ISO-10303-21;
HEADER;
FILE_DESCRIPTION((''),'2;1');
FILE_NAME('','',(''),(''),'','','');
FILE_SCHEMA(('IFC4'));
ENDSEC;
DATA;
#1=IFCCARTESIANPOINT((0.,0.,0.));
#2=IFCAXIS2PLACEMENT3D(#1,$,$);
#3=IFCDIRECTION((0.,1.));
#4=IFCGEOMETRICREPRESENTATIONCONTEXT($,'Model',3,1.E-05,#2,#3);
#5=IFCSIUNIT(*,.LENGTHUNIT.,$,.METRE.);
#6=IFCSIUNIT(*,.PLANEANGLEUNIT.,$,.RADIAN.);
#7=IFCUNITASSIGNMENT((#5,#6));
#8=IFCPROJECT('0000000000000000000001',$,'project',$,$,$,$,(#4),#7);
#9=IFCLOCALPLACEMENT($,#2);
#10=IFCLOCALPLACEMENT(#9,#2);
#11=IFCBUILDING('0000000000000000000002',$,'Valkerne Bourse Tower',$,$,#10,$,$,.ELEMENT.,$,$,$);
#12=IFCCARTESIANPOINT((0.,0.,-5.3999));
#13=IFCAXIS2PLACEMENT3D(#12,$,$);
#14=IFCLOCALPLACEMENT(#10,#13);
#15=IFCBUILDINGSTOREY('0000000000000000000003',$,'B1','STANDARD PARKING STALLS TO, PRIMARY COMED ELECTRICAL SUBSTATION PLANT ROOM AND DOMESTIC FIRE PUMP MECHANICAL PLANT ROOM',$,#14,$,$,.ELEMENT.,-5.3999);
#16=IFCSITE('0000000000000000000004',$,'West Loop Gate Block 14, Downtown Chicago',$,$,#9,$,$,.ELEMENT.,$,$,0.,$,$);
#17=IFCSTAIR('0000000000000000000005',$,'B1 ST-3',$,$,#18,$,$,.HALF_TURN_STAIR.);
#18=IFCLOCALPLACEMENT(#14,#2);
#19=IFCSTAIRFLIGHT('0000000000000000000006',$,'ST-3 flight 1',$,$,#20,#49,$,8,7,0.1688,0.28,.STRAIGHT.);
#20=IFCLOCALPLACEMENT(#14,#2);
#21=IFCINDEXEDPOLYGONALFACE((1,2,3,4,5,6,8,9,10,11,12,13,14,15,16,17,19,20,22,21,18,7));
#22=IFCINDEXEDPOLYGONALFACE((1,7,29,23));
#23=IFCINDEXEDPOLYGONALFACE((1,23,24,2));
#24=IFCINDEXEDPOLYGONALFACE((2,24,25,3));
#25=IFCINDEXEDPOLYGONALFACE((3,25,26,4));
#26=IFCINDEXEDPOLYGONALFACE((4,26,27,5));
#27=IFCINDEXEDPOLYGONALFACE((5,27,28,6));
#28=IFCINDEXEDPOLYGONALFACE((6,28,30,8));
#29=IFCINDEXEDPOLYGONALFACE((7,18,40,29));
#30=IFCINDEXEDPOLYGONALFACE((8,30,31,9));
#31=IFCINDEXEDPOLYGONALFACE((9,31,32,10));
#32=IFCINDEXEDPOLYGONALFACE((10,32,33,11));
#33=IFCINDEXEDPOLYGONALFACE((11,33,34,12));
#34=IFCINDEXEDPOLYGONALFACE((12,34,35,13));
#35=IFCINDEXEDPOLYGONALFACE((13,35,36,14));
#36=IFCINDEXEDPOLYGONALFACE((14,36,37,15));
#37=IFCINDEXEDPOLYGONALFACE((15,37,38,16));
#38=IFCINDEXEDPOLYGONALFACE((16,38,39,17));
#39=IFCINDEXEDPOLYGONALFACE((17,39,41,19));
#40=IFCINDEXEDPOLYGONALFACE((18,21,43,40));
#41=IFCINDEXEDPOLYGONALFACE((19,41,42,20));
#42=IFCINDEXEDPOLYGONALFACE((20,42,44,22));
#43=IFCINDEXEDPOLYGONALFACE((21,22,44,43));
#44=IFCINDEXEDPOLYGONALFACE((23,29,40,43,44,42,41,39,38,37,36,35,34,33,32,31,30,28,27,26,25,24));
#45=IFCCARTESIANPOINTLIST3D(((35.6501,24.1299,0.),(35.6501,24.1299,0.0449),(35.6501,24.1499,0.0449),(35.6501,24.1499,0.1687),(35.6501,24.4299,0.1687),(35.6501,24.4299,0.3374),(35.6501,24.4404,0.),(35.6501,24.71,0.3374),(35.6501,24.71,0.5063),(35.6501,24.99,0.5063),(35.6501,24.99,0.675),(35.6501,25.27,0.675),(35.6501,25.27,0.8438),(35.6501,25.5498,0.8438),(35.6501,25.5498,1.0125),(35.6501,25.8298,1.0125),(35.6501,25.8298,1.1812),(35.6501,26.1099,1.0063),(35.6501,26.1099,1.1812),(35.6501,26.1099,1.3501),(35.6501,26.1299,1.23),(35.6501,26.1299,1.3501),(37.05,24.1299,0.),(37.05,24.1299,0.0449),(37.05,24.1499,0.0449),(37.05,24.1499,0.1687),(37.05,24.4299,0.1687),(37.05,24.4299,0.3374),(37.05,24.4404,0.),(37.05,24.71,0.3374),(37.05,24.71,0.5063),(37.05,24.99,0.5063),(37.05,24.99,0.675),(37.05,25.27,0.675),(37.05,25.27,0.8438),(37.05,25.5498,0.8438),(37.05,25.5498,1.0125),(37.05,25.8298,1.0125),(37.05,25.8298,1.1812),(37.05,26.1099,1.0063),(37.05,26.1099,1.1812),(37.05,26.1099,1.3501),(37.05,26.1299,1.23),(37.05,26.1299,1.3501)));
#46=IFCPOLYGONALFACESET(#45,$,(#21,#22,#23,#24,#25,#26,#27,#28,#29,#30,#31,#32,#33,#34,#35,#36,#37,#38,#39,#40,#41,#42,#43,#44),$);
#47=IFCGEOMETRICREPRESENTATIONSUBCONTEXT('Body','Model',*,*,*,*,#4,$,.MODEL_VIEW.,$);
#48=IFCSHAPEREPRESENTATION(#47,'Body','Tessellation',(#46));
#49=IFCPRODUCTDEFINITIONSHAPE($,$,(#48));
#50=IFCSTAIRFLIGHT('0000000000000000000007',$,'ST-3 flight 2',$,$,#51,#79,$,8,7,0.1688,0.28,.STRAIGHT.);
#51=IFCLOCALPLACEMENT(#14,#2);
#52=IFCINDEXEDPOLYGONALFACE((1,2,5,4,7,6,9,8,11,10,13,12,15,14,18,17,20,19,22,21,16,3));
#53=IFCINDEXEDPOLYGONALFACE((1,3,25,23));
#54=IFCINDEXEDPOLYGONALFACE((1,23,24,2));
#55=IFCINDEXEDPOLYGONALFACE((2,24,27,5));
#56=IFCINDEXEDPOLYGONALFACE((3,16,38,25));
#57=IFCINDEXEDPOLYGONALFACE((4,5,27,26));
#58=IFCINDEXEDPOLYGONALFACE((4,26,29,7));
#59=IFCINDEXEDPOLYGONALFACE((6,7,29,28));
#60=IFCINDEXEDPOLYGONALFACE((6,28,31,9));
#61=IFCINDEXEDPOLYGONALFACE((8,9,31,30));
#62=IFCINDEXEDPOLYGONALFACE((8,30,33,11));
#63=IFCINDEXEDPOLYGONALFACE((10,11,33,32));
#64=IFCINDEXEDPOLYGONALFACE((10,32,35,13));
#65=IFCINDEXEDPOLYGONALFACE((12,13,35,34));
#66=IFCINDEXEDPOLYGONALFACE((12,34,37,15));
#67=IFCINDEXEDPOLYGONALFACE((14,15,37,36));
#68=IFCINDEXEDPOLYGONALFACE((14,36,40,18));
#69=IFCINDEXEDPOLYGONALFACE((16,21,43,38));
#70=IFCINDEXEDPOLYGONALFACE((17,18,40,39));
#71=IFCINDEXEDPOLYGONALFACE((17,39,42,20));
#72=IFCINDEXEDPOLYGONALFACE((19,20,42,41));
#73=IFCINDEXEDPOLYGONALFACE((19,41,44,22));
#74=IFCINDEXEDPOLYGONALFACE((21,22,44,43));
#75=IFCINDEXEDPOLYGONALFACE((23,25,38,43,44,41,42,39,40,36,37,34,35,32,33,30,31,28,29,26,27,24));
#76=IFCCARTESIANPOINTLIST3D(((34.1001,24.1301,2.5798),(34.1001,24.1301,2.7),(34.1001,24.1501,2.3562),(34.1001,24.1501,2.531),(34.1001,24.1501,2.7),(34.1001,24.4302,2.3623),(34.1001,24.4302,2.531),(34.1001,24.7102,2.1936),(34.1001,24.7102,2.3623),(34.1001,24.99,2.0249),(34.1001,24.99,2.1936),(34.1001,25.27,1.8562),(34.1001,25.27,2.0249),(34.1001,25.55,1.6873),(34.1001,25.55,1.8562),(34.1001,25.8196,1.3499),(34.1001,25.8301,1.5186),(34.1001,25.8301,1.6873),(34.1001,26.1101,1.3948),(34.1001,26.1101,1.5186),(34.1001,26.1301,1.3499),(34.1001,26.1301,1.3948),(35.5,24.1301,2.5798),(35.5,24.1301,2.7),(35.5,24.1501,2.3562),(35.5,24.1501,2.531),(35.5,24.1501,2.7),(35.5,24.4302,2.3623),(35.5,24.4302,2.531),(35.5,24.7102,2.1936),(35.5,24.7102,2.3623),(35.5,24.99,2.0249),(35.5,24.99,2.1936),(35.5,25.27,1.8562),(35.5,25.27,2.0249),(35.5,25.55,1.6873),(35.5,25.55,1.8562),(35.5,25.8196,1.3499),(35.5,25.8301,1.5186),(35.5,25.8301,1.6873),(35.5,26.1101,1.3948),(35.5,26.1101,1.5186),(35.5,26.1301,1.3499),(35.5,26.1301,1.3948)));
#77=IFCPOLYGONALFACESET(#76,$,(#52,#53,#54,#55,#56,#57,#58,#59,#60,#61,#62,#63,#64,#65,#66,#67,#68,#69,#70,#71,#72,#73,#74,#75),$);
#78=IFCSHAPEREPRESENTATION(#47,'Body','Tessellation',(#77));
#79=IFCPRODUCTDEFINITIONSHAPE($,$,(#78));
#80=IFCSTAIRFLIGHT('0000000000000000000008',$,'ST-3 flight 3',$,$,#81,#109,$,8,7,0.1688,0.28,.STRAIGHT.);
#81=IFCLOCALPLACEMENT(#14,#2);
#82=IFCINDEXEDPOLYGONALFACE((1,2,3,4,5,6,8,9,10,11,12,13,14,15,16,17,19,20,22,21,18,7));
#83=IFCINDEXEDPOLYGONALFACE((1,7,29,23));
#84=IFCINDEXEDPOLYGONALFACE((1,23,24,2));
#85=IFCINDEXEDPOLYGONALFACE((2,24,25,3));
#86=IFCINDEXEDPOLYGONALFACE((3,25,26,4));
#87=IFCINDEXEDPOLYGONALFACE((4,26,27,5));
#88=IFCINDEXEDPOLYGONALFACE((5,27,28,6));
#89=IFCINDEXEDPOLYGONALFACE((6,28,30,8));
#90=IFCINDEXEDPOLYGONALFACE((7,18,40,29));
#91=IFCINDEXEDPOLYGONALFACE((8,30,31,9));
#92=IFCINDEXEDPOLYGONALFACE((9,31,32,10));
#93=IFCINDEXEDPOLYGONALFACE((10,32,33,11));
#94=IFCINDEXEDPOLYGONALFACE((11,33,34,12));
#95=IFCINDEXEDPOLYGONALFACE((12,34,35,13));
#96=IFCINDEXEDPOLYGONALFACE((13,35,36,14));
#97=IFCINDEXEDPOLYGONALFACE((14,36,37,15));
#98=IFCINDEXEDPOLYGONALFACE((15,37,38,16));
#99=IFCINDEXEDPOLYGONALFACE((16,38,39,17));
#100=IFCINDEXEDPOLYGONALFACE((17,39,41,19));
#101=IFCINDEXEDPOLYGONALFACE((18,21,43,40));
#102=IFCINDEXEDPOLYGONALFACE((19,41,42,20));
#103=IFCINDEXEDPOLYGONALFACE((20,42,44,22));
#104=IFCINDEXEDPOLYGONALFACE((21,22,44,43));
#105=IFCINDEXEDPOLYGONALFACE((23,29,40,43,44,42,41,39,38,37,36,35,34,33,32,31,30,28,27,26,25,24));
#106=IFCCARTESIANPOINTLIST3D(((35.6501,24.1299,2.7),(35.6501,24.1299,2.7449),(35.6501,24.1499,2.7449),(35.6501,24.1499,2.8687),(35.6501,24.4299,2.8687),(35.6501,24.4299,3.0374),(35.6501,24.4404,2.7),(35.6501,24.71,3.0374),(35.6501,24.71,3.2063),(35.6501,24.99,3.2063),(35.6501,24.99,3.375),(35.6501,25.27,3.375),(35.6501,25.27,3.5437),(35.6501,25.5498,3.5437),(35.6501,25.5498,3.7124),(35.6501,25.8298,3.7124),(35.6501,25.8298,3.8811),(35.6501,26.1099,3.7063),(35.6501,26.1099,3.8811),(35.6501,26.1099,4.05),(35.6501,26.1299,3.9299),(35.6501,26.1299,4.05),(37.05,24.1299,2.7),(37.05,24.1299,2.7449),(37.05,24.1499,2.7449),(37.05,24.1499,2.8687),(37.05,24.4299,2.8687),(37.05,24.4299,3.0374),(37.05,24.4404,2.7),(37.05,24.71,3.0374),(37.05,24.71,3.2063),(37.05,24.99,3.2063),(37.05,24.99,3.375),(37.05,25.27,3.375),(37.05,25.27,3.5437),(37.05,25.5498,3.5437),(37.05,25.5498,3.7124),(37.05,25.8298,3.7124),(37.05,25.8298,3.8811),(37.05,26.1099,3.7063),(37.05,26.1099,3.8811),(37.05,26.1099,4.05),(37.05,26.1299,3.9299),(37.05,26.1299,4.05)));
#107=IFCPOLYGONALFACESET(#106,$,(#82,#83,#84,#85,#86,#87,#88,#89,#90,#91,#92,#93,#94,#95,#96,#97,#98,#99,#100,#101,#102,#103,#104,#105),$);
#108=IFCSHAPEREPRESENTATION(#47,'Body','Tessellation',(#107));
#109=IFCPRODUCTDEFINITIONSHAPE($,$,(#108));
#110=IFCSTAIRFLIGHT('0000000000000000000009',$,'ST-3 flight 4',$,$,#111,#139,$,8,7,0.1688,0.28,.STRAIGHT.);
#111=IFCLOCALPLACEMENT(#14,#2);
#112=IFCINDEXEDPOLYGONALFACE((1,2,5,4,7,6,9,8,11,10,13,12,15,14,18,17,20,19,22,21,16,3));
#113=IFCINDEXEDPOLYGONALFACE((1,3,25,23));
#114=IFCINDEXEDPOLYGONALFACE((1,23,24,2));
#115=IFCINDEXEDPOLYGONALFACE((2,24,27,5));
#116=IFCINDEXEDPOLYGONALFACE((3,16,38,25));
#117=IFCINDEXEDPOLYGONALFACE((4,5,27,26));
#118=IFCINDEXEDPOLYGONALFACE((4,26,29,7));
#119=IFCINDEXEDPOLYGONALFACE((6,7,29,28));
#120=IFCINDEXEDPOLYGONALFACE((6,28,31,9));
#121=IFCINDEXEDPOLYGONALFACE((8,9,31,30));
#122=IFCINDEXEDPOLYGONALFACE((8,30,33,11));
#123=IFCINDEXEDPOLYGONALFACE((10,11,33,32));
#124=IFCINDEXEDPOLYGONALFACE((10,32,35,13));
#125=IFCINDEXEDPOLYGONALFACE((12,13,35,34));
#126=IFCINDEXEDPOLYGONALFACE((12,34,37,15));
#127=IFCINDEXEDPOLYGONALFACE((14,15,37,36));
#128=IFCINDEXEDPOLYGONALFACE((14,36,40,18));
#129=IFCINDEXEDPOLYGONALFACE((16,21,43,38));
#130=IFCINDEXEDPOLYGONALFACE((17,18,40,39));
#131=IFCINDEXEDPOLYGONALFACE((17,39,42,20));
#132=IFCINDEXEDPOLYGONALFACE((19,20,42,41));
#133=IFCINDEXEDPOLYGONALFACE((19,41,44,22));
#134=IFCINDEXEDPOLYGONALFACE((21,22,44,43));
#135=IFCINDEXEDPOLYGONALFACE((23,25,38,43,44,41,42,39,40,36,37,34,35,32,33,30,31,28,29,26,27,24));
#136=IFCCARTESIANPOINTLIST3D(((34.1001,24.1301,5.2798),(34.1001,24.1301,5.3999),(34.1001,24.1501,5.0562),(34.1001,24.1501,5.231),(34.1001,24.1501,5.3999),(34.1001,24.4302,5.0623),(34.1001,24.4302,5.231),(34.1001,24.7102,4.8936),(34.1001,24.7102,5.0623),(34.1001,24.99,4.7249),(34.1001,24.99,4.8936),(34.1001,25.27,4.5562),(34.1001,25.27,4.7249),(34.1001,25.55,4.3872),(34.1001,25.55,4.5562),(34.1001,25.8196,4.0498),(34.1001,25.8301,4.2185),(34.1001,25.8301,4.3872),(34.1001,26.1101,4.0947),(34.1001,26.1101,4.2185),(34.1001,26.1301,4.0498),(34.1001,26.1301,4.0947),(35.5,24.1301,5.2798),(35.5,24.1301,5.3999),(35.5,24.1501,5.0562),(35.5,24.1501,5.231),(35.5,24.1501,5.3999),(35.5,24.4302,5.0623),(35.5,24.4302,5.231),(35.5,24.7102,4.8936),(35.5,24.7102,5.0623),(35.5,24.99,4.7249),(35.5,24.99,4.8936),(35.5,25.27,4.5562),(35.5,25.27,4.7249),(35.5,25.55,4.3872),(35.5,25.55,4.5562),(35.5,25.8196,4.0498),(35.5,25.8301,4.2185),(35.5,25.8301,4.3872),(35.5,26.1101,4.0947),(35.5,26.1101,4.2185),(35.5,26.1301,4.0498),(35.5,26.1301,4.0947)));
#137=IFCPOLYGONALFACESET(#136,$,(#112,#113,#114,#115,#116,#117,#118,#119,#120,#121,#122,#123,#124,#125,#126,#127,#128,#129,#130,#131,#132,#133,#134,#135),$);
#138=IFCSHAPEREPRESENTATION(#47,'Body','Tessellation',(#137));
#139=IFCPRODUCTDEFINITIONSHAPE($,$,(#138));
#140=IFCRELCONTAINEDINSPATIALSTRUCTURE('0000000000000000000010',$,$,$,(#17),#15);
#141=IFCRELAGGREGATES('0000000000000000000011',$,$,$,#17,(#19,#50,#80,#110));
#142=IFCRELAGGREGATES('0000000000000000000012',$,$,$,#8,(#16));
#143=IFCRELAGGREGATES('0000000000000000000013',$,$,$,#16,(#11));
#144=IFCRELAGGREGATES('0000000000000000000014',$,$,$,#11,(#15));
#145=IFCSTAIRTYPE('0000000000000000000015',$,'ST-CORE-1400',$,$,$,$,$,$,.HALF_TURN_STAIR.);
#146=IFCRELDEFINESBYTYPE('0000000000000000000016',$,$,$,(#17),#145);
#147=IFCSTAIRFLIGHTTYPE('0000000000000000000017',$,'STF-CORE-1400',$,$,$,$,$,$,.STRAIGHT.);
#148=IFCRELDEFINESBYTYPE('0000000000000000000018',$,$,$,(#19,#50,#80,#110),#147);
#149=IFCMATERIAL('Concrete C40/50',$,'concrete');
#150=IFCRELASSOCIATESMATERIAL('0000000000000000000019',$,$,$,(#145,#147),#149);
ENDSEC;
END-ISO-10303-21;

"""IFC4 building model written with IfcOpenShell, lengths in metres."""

from ifc_helpers import new_model, si_unit, direction, frame, origin, place, context, subcontext, project, spatial, polyline, outline, extrude, material, type_object, element, aggregate, save


model = new_model("IFC4")

# Units and contexts
model_context = context("Model", 3, precision=1e-05, world=origin(), true_north=direction((0.0, 1.0)))
body_context = subcontext(model_context, "Body", "Model", "MODEL_VIEW")
ifc_project = project(units=[si_unit("LENGTHUNIT", "METRE"), si_unit("PLANEANGLEUNIT", "RADIAN")], contexts=[model_context])

# Site, building, storey
site_placement = place(None, origin())
site = spatial("IfcSite", under=ifc_project, at=site_placement, Name="West Loop Gate Block 14, Downtown Chicago", CompositionType="ELEMENT", RefElevation=0.0)
building_placement = place(site_placement, origin())
building = spatial("IfcBuilding", under=site, at=building_placement, Name="Valkerne Bourse Tower", CompositionType="ELEMENT")
storey_placement = place(building_placement, frame((0.0, 0.0, -5.3999)))
storey = spatial("IfcBuildingStorey", under=building, at=storey_placement, Name="B1", Description="STANDARD PARKING STALLS TO, PRIMARY COMED ELECTRICAL SUBSTATION PLANT ROOM AND DOMESTIC FIRE PUMP MECHANICAL PLANT ROOM", CompositionType="ELEMENT", Elevation=-5.3999)

# Shared definitions
ifc_material_1 = material(Name="Concrete C40/50", Category="concrete")

# Stair, stair flights
stair_type = type_object("IfcStairType", Name="ST-CORE-1400", PredefinedType="HALF_TURN_STAIR", material=ifc_material_1)
stair_placement = place(storey_placement, origin())
stair = element("IfcStair", 1, at=stair_placement, inside=storey, type_object=stair_type, Name="B1 ST-3", PredefinedType="HALF_TURN_STAIR")
stair_flight_type = type_object("IfcStairFlightType", Name="STF-CORE-1400", PredefinedType="STRAIGHT", material=ifc_material_1)
stair_flight_1_placement = place(storey_placement, frame((36.3501, 24.1499, 0.0), z_axis=(0.0, 0.0, 1.0), x_axis=(0.0, 1.0, 0.0)))
stair_flight_1 = element("IfcStairFlight", 2, at=stair_flight_1_placement, type_object=stair_flight_type, Name="ST-3 flight 1", NumberOfRisers=8, NumberOfTreads=7, PredefinedType="STRAIGHT", RiserHeight=0.1688, TreadLength=0.28, context=body_context, shape_type="SweptSolid", body=[
    extrude(outline(polyline([(-0.02, 0.0), (-0.02, 0.0449), (0.0, 0.0449), (0.0, 0.1687), (0.28, 0.1687), (0.28, 0.3374), (0.5601, 0.3374), (0.5601, 0.5063), (0.8401, 0.5063), (0.8401, 0.675), (1.1201, 0.675), (1.1201, 0.8438), (1.3999, 0.8438), (1.3999, 1.0125), (1.6799, 1.0125), (1.6799, 1.1812), (1.96, 1.1812), (1.96, 1.3501), (1.98, 1.3501), (1.98, 1.23), (1.96, 1.0063), (0.2905, 0.0), (-0.02, 0.0)])), frame((0.0, 0.7, 0.0), z_axis=(0.0, -1.0, 0.0), x_axis=(1.0, 0.0, 0.0)), (0.0, 0.0, 1.0), 1.3999),
])
stair_flight_2_placement = place(storey_placement, frame((34.8, 26.1101, 1.3499), z_axis=(0.0, 0.0, 1.0), x_axis=(0.0, -1.0, 0.0)))
stair_flight_2 = element("IfcStairFlight", 3, at=stair_flight_2_placement, type_object=stair_flight_type, Name="ST-3 flight 2", NumberOfRisers=8, NumberOfTreads=7, PredefinedType="STRAIGHT", RiserHeight=0.1688, TreadLength=0.28, context=body_context, shape_type="SweptSolid", body=[
    extrude(outline(polyline([(-0.02, 0.0), (-0.02, 0.0449), (0.0, 0.0449), (0.0, 0.1687), (0.28, 0.1687), (0.28, 0.3374), (0.5601, 0.3374), (0.5601, 0.5063), (0.8401, 0.5063), (0.8401, 0.675), (1.1201, 0.675), (1.1201, 0.8438), (1.3999, 0.8438), (1.3999, 1.0125), (1.6799, 1.0125), (1.6799, 1.1812), (1.96, 1.1812), (1.96, 1.3501), (1.98, 1.3501), (1.98, 1.23), (1.96, 1.0063), (0.2905, 0.0), (-0.02, 0.0)])), frame((0.0, 0.7, 0.0), z_axis=(0.0, -1.0, 0.0), x_axis=(1.0, 0.0, 0.0)), (0.0, 0.0, 1.0), 1.3999),
])
stair_flight_3_placement = place(storey_placement, frame((36.3501, 24.1499, 2.7), z_axis=(0.0, 0.0, 1.0), x_axis=(0.0, 1.0, 0.0)))
stair_flight_3 = element("IfcStairFlight", 4, at=stair_flight_3_placement, type_object=stair_flight_type, Name="ST-3 flight 3", NumberOfRisers=8, NumberOfTreads=7, PredefinedType="STRAIGHT", RiserHeight=0.1688, TreadLength=0.28, context=body_context, shape_type="SweptSolid", body=[
    extrude(outline(polyline([(-0.02, 0.0), (-0.02, 0.0449), (0.0, 0.0449), (0.0, 0.1687), (0.28, 0.1687), (0.28, 0.3374), (0.5601, 0.3374), (0.5601, 0.5063), (0.8401, 0.5063), (0.8401, 0.675), (1.1201, 0.675), (1.1201, 0.8438), (1.3999, 0.8438), (1.3999, 1.0125), (1.6799, 1.0125), (1.6799, 1.1812), (1.96, 1.1812), (1.96, 1.3501), (1.98, 1.3501), (1.98, 1.23), (1.96, 1.0063), (0.2905, 0.0), (-0.02, 0.0)])), frame((0.0, 0.7, 0.0), z_axis=(0.0, -1.0, 0.0), x_axis=(1.0, 0.0, 0.0)), (0.0, 0.0, 1.0), 1.3999),
])
stair_flight_4_placement = place(storey_placement, frame((34.8, 26.1101, 4.0498), z_axis=(0.0, 0.0, 1.0), x_axis=(0.0, -1.0, 0.0)))
stair_flight_4 = element("IfcStairFlight", 5, at=stair_flight_4_placement, type_object=stair_flight_type, Name="ST-3 flight 4", NumberOfRisers=8, NumberOfTreads=7, PredefinedType="STRAIGHT", RiserHeight=0.1688, TreadLength=0.28, context=body_context, shape_type="SweptSolid", body=[
    extrude(outline(polyline([(-0.02, 0.0), (-0.02, 0.0449), (0.0, 0.0449), (0.0, 0.1687), (0.28, 0.1687), (0.28, 0.3374), (0.5601, 0.3374), (0.5601, 0.5063), (0.8401, 0.5063), (0.8401, 0.675), (1.1201, 0.675), (1.1201, 0.8438), (1.3999, 0.8438), (1.3999, 1.0125), (1.6799, 1.0125), (1.6799, 1.1812), (1.96, 1.1812), (1.96, 1.3501), (1.98, 1.3501), (1.98, 1.23), (1.96, 1.0063), (0.2905, 0.0), (-0.02, 0.0)])), frame((0.0, 0.7, 0.0), z_axis=(0.0, -1.0, 0.0), x_axis=(1.0, 0.0, 0.0)), (0.0, 0.0, 1.0), 1.3999),
])
aggregate(stair, [stair_flight_1, stair_flight_2, stair_flight_3, stair_flight_4])

save(model, "model.ifc")
